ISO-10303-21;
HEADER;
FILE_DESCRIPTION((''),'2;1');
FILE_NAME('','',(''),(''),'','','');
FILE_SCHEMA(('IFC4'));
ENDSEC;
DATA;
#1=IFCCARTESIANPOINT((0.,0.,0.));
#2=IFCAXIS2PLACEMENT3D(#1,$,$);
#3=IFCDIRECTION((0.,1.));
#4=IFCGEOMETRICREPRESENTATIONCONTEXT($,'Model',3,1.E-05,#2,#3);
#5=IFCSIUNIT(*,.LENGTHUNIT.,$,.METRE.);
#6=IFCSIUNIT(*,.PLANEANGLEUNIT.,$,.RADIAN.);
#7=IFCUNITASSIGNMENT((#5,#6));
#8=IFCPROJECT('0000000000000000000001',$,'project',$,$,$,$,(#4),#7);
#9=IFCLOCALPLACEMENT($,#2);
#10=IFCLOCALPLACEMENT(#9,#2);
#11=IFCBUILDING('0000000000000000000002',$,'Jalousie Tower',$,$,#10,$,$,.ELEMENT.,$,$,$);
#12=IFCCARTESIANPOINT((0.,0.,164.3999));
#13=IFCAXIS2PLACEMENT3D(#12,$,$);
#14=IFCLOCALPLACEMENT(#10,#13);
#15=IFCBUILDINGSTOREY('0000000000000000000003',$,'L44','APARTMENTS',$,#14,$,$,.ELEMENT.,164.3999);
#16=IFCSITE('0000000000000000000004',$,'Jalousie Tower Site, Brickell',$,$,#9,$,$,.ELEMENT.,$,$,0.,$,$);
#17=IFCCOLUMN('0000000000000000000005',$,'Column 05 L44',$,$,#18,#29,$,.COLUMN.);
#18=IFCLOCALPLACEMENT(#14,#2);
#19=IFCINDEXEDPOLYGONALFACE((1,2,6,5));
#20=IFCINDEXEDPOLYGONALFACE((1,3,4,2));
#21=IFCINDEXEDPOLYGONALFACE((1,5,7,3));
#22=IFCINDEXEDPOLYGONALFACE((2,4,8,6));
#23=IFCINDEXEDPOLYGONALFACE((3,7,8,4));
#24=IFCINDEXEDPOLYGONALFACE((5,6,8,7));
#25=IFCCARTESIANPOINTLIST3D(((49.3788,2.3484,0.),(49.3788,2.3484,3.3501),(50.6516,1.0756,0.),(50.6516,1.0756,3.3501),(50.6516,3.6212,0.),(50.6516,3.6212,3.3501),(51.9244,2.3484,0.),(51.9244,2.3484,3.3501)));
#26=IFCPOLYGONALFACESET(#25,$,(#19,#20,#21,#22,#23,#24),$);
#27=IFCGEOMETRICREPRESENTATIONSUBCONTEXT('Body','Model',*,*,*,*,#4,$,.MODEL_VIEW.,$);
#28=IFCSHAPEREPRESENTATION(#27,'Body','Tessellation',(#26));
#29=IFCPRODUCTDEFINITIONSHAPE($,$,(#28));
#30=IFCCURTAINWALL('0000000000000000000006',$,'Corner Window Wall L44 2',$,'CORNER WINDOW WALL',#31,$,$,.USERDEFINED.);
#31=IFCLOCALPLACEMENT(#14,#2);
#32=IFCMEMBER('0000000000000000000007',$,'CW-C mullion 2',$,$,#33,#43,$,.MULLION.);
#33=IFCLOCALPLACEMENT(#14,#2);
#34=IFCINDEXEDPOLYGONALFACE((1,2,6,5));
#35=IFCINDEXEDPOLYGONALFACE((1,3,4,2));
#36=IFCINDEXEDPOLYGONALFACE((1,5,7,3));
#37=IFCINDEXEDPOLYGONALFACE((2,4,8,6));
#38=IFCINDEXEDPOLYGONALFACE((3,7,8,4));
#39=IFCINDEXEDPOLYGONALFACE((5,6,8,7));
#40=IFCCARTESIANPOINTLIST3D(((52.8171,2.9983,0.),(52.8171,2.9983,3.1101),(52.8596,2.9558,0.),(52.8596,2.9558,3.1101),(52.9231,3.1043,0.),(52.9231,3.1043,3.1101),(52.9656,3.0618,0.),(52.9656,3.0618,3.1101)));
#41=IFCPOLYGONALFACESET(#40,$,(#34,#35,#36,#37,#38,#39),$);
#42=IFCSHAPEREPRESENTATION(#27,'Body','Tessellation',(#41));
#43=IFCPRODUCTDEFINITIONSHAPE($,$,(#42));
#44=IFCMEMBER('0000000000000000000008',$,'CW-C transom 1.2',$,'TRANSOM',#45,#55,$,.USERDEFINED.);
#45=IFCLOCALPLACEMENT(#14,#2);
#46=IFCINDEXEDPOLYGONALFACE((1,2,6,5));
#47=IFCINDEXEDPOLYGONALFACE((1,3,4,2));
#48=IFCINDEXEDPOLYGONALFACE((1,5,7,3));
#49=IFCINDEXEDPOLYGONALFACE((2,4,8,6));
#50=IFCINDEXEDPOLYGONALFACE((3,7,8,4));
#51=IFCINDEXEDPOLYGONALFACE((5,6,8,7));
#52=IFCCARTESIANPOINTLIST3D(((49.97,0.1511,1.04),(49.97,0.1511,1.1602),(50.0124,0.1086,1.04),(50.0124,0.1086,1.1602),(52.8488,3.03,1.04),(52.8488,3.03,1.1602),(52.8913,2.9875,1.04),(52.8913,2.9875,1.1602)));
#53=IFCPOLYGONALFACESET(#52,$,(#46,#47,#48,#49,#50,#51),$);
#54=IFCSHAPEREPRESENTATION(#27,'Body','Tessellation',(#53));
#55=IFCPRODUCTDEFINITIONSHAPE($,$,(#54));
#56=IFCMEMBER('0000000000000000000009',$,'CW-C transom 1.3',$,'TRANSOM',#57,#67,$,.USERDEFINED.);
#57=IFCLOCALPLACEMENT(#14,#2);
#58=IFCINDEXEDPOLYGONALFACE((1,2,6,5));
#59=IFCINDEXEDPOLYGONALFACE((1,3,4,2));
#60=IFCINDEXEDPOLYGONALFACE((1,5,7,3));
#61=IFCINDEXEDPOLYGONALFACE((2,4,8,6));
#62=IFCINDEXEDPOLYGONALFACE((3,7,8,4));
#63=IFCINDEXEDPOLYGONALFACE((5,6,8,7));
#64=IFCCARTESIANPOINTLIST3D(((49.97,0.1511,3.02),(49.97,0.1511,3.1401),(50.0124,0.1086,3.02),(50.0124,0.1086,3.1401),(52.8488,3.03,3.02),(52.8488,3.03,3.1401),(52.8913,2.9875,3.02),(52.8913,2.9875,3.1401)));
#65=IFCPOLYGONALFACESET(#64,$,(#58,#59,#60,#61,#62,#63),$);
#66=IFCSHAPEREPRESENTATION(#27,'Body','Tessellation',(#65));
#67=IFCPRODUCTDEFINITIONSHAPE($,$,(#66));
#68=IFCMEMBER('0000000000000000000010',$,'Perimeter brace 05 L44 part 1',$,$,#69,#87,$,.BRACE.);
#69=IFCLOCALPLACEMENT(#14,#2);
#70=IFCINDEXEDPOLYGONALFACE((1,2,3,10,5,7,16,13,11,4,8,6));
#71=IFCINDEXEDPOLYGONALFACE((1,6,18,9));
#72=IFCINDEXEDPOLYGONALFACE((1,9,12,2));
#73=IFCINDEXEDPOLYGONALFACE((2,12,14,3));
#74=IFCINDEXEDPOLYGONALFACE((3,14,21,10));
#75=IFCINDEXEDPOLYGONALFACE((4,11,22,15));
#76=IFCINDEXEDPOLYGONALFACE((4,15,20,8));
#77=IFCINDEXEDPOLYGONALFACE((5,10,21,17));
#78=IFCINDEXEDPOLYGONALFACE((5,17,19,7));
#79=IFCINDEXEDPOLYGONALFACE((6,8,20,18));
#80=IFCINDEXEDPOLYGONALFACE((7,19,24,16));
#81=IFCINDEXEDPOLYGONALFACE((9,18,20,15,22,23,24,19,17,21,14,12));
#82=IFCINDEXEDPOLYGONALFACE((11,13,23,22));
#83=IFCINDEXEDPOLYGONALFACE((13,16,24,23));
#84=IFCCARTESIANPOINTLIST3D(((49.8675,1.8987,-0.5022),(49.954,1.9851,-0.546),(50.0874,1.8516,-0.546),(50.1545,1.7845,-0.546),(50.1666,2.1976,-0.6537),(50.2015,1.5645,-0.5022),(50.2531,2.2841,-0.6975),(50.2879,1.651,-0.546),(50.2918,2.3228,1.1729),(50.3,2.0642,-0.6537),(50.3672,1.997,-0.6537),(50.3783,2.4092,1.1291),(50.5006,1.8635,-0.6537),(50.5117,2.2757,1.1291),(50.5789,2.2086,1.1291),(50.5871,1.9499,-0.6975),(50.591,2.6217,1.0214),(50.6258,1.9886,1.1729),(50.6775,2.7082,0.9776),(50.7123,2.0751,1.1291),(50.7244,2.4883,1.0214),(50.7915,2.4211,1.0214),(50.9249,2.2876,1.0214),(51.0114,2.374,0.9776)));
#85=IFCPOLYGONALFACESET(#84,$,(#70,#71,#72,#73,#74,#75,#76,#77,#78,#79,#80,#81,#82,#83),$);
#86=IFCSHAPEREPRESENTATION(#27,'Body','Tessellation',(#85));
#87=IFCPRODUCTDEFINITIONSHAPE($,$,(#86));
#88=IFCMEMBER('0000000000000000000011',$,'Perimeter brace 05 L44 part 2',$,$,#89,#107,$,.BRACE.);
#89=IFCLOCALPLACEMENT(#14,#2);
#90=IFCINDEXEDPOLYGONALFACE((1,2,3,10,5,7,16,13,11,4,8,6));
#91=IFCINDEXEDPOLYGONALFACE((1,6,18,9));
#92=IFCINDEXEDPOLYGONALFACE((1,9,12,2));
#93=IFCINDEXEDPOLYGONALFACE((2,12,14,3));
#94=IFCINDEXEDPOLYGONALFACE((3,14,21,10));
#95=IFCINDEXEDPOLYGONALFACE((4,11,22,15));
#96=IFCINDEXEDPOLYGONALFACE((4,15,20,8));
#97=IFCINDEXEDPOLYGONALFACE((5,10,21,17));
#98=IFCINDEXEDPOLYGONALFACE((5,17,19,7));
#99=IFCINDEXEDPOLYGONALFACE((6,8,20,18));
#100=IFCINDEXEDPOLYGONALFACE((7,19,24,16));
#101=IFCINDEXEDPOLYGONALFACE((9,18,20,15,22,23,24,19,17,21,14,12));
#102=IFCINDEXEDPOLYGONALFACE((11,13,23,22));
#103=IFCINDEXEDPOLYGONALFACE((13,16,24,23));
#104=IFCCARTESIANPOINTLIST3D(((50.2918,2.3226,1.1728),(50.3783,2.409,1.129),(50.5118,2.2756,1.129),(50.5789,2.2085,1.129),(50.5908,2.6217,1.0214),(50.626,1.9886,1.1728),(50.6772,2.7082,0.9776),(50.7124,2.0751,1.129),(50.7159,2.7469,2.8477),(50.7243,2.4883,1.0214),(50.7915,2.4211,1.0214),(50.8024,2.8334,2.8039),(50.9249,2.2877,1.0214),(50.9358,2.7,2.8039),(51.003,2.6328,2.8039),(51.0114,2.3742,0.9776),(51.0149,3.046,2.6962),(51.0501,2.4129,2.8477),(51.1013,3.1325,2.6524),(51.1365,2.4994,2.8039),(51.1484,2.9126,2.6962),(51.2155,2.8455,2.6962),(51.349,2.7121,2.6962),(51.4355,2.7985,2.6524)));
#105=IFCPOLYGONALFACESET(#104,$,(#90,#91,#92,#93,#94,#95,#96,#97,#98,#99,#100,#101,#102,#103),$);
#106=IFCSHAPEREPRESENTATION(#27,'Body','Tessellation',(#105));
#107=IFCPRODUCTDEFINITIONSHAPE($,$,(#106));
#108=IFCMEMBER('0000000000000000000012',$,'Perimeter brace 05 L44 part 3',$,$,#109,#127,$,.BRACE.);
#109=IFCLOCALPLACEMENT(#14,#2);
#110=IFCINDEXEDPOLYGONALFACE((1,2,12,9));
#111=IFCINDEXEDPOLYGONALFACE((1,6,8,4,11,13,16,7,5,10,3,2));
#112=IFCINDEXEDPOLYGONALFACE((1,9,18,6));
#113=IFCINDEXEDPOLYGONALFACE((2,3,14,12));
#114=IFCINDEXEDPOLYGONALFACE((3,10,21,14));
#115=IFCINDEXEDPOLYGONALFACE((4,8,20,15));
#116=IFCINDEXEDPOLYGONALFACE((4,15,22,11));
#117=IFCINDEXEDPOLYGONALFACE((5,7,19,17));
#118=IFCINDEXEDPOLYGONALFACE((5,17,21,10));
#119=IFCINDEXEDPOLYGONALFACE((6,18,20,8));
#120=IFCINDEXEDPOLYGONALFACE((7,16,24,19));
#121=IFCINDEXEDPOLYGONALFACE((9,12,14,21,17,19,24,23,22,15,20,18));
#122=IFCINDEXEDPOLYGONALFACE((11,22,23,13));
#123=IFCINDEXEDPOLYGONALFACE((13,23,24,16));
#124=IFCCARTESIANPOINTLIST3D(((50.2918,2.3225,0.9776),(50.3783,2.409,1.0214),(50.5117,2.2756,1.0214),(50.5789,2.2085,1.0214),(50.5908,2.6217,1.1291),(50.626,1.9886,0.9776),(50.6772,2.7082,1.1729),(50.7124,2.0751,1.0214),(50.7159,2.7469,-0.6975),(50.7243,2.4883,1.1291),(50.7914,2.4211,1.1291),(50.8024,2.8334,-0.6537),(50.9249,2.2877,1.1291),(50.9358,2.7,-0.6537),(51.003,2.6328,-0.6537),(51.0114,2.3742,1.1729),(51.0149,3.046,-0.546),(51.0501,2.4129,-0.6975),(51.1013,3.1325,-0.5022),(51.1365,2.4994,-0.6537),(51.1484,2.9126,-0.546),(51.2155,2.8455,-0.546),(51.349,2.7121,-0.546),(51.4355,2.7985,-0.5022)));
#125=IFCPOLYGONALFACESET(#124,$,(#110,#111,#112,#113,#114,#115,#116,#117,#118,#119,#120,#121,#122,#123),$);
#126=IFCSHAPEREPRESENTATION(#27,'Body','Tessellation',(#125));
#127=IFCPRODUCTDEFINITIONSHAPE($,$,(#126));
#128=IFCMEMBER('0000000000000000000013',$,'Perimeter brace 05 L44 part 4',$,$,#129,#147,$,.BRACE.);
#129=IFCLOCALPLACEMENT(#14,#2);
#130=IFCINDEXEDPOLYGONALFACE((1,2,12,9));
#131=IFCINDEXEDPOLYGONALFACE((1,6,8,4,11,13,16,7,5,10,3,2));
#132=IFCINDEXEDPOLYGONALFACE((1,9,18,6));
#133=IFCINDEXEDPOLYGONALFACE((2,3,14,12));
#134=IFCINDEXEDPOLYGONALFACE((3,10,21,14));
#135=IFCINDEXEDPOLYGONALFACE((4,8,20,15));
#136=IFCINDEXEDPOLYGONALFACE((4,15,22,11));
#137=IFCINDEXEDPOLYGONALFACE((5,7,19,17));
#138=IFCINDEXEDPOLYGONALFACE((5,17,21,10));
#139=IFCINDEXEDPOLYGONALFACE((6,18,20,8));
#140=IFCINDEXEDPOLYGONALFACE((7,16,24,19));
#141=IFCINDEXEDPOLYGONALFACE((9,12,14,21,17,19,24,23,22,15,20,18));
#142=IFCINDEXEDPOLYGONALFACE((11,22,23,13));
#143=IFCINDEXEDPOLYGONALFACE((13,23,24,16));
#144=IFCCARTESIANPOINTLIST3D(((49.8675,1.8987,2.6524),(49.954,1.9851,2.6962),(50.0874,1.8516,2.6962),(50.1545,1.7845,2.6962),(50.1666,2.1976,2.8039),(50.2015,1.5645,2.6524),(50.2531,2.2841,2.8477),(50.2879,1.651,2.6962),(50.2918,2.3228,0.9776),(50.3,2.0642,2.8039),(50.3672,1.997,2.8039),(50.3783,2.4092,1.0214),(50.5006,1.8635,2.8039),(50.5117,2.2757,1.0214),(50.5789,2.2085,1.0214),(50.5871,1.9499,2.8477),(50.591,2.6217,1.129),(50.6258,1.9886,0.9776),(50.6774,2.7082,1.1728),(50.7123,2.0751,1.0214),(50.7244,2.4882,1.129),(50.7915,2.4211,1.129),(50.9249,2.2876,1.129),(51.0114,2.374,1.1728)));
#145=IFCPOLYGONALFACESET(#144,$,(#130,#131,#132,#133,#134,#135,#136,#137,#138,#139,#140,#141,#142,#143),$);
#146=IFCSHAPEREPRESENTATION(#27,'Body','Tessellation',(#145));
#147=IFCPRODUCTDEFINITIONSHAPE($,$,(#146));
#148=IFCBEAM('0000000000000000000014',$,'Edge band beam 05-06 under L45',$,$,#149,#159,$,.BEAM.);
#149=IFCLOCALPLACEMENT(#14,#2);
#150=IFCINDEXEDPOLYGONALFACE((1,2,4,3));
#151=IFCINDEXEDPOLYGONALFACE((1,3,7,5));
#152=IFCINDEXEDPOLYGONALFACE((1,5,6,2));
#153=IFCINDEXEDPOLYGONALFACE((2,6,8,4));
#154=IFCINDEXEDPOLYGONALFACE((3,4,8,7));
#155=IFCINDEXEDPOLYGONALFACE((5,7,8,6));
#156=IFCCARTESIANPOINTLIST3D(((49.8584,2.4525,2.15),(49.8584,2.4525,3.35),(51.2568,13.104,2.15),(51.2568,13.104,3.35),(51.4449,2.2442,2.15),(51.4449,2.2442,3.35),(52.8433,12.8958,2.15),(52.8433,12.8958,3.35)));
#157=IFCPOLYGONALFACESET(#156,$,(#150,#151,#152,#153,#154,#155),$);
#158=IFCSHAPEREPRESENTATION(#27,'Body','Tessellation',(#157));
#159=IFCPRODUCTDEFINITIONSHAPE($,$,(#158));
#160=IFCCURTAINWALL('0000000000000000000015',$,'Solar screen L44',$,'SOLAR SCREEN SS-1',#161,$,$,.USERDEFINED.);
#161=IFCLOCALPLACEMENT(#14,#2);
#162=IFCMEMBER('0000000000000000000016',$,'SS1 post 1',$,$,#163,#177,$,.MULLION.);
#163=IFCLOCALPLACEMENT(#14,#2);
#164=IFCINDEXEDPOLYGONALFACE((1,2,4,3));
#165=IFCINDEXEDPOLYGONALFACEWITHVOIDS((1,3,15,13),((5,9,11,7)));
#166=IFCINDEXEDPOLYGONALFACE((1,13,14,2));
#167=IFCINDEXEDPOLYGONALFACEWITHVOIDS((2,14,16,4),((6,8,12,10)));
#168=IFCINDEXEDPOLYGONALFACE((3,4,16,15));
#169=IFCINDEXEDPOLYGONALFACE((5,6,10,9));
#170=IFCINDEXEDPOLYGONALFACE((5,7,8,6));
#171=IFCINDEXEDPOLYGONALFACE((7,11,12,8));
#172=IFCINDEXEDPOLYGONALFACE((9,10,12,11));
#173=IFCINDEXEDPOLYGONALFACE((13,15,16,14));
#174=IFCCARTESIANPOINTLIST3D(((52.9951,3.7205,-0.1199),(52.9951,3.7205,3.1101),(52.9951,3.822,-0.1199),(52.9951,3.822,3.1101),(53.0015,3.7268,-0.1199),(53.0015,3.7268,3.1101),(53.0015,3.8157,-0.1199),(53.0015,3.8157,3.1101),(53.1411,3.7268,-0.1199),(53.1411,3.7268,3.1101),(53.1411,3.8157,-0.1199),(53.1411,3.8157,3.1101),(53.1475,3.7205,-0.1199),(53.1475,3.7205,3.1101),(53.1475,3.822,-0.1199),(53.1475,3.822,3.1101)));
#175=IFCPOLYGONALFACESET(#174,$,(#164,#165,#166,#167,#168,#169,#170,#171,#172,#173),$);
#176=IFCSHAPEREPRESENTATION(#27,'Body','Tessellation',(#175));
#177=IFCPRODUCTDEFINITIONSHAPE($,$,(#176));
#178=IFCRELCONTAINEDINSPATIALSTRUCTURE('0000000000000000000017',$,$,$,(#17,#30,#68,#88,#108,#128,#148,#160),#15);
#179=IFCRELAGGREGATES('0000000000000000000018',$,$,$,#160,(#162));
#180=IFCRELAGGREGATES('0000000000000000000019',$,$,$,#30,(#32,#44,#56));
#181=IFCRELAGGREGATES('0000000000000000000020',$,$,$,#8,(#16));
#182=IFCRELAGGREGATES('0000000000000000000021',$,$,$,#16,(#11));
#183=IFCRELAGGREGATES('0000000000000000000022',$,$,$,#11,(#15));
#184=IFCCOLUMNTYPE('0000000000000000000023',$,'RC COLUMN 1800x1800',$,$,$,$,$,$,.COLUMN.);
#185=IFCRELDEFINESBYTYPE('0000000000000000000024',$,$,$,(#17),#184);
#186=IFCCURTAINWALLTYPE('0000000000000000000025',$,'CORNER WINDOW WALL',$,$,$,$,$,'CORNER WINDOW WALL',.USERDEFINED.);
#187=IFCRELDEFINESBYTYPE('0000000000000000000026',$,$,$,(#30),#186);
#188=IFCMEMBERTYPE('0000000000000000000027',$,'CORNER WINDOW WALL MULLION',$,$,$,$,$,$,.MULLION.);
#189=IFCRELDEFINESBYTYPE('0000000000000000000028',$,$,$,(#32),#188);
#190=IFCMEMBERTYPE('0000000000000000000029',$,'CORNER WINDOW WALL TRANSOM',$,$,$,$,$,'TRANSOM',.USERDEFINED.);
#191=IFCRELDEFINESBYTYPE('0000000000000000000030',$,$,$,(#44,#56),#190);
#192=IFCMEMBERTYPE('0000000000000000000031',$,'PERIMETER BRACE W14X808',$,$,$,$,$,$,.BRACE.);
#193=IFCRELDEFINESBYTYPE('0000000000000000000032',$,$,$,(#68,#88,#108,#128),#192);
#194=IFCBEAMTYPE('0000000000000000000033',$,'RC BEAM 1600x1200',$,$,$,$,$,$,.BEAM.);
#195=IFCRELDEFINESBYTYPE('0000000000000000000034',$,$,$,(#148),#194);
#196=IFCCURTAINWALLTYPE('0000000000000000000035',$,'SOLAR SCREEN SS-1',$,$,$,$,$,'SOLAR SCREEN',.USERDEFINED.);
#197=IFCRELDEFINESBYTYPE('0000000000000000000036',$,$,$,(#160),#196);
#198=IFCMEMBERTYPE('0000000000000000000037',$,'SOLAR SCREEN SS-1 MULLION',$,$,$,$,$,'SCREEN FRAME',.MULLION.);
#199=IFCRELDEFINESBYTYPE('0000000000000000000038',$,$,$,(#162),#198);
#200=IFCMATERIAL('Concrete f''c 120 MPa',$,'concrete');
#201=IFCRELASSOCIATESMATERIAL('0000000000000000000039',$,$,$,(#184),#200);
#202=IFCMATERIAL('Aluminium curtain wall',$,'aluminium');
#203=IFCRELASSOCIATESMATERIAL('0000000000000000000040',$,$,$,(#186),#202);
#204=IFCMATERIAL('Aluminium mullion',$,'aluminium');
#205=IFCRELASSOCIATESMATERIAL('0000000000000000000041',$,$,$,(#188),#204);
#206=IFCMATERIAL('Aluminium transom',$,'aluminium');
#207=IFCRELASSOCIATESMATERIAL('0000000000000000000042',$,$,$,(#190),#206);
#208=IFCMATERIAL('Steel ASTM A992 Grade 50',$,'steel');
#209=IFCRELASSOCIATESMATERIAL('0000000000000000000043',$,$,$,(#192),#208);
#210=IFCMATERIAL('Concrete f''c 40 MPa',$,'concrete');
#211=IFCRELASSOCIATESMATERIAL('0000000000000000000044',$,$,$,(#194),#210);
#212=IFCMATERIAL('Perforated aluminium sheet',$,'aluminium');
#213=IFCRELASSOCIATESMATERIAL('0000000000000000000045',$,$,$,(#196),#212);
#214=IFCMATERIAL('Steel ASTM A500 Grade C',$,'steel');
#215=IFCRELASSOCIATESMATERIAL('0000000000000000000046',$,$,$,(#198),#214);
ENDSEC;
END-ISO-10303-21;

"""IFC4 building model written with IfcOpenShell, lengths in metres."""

from ifc_helpers import new_model, si_unit, direction, frame, origin, origin_2d, place, context, subcontext, project, spatial, rectangle, hollow_rectangle, i_section, extrude, material, material_profile, profile_set, type_object, element, aggregate, save


model = new_model("IFC4")

# Units and contexts
model_context = context("Model", 3, precision=1e-05, world=origin(), true_north=direction((0.0, 1.0)))
body_context = subcontext(model_context, "Body", "Model", "MODEL_VIEW")
ifc_project = project(units=[si_unit("LENGTHUNIT", "METRE"), si_unit("PLANEANGLEUNIT", "RADIAN")], contexts=[model_context])

# Site, building, storey
site_placement = place(None, origin())
site = spatial("IfcSite", under=ifc_project, at=site_placement, Name="Jalousie Tower Site, Brickell", CompositionType="ELEMENT", RefElevation=0.0)
building_placement = place(site_placement, origin())
building = spatial("IfcBuilding", under=site, at=building_placement, Name="Jalousie Tower", CompositionType="ELEMENT")
storey_placement = place(building_placement, frame((0.0, 0.0, 164.3999)))
storey = spatial("IfcBuildingStorey", under=building, at=storey_placement, Name="L44", Description="APARTMENTS", CompositionType="ELEMENT", Elevation=164.3999)

# Column
ifc_material_1 = material(Name="Concrete f'c 120 MPa", Category="concrete")
ifc_material_profile_1 = material_profile(ifc_material_1, rectangle(XDim=1.8, YDim=1.8, at=origin_2d()), Name="RC 1800x1800")
ifc_profile_set_1 = profile_set([ifc_material_profile_1], Name="Concrete f'c 120 MPa")
column_type = type_object("IfcColumnType", Name="RC COLUMN 1800x1800", PredefinedType="COLUMN", material=ifc_profile_set_1)
column_placement = place(storey_placement, frame((50.6516, 2.3484, 0.0), z_axis=(0.0, 0.0, 1.0), x_axis=(0.707107, 0.707107, 0.0)))
element("IfcColumn", 1, at=column_placement, inside=storey, type_object=column_type, Name="Column 05 L44", PredefinedType="COLUMN", context=body_context, shape_type="SweptSolid", body=[
    extrude(rectangle(XDim=1.8, YDim=1.8, at=origin_2d()), origin(), (0.0, 0.0, 1.0), 3.3501),
])

# Curtain wall, members
ifc_material_2 = material(Name="Aluminium curtain wall", Category="aluminium")
curtain_wall_type_1 = type_object("IfcCurtainWallType", Name="CORNER WINDOW WALL", ElementType="CORNER WINDOW WALL", PredefinedType="USERDEFINED", material=ifc_material_2)
curtain_wall_1_placement = place(storey_placement, origin())
curtain_wall_1 = element("IfcCurtainWall", 2, at=curtain_wall_1_placement, inside=storey, type_object=curtain_wall_type_1, Name="Corner Window Wall L44 2", ObjectType="CORNER WINDOW WALL", PredefinedType="USERDEFINED")
ifc_material_3 = material(Name="Aluminium mullion", Category="aluminium")
ifc_material_profile_2 = material_profile(ifc_material_3, rectangle(XDim=0.0601, YDim=0.1499, at=origin_2d()), Name="MULLION 60x150")
ifc_profile_set_2 = profile_set([ifc_material_profile_2], Name="Aluminium mullion")
member_type_1 = type_object("IfcMemberType", Name="CORNER WINDOW WALL MULLION", PredefinedType="MULLION", material=ifc_profile_set_2)
member_1_placement = place(storey_placement, frame((52.8914, 3.03, 0.0), z_axis=(0.0, 0.0, 1.0), x_axis=(-0.707107, 0.707107, 0.0)))
member_1 = element("IfcMember", 3, at=member_1_placement, type_object=member_type_1, Name="CW-C mullion 2", PredefinedType="MULLION", context=body_context, shape_type="SweptSolid", body=[
    extrude(rectangle(XDim=0.0601, YDim=0.1499, at=origin_2d()), origin(), (0.0, 0.0, 1.0), 3.1101),
])
ifc_material_4 = material(Name="Aluminium transom", Category="aluminium")
ifc_material_profile_3 = material_profile(ifc_material_4, rectangle(XDim=0.0601, YDim=0.1201, at=origin_2d()), Name="TRANSOM 60x120")
ifc_profile_set_3 = profile_set([ifc_material_profile_3], Name="Aluminium transom")
member_type_2 = type_object("IfcMemberType", Name="CORNER WINDOW WALL TRANSOM", ElementType="TRANSOM", PredefinedType="USERDEFINED", material=ifc_profile_set_3)
member_2_placement = place(storey_placement, frame((49.9912, 0.1299, 1.1001), z_axis=(0.707107, 0.707107, 0.0), x_axis=(-0.707107, 0.707107, 0.0)))
member_2 = element("IfcMember", 4, at=member_2_placement, type_object=member_type_2, Name="CW-C transom 1.2", ObjectType="TRANSOM", PredefinedType="USERDEFINED", context=body_context, shape_type="SweptSolid", body=[
    extrude(rectangle(XDim=0.0601, YDim=0.1201, at=origin_2d()), origin(), (0.0, 0.0, 1.0), 4.0713),
])
member_3_placement = place(storey_placement, frame((49.9912, 0.1299, 3.0801), z_axis=(0.707107, 0.707107, 0.0), x_axis=(-0.707107, 0.707107, 0.0)))
member_3 = element("IfcMember", 5, at=member_3_placement, type_object=member_type_2, Name="CW-C transom 1.3", ObjectType="TRANSOM", PredefinedType="USERDEFINED", context=body_context, shape_type="SweptSolid", body=[
    extrude(rectangle(XDim=0.0601, YDim=0.1201, at=origin_2d()), origin(), (0.0, 0.0, 1.0), 4.0713),
])

# Members
ifc_material_5 = material(Name="Steel ASTM A992 Grade 50", Category="steel")
ifc_material_profile_4 = material_profile(ifc_material_5, i_section(OverallWidth=0.4724, OverallDepth=0.5791, WebThickness=0.095, FlangeThickness=0.1299, at=origin_2d()), Name="W14X808")
ifc_profile_set_4 = profile_set([ifc_material_profile_4], Name="Steel ASTM A992 Grade 50")
member_type_3 = type_object("IfcMemberType", Name="PERIMETER BRACE W14X808", PredefinedType="BRACE", material=ifc_profile_set_4)
member_4_placement = place(storey_placement, frame((50.2273, 1.9243, -0.5999), z_axis=(0.238483, 0.238346, 0.941444), x_axis=(-0.706903, 0.70731, 0.0)))
element("IfcMember", 6, at=member_4_placement, inside=storey, type_object=member_type_3, Name="Perimeter brace 05 L44 part 1", PredefinedType="BRACE", context=body_context, shape_type="SweptSolid", body=[
    extrude(i_section(OverallWidth=0.4724, OverallDepth=0.5791, WebThickness=0.095, FlangeThickness=0.1299, at=origin_2d()), origin(), (0.0, 0.0, 1.0), 1.7793),
])
member_5_placement = place(storey_placement, frame((50.6516, 2.3484, 1.0752), z_axis=(0.238376, 0.238514, 0.941429), x_axis=(-0.70731, 0.706903, 0.0)))
element("IfcMember", 7, at=member_5_placement, inside=storey, type_object=member_type_3, Name="Perimeter brace 05 L44 part 2", PredefinedType="BRACE", context=body_context, shape_type="SweptSolid", body=[
    extrude(i_section(OverallWidth=0.4724, OverallDepth=0.5791, WebThickness=0.095, FlangeThickness=0.1299, at=origin_2d()), origin(), (0.0, 0.0, 1.0), 1.7791),
])
member_6_placement = place(storey_placement, frame((51.0757, 2.7727, -0.5999), z_axis=(-0.238346, -0.238483, 0.941444), x_axis=(0.70731, -0.706903, 0.0)))
element("IfcMember", 8, at=member_6_placement, inside=storey, type_object=member_type_3, Name="Perimeter brace 05 L44 part 3", PredefinedType="BRACE", context=body_context, shape_type="SweptSolid", body=[
    extrude(i_section(OverallWidth=0.4724, OverallDepth=0.5791, WebThickness=0.095, FlangeThickness=0.1299, at=origin_2d()), origin(), (0.0, 0.0, 1.0), 1.7793),
])
member_7_placement = place(storey_placement, frame((50.6516, 2.3484, 1.0752), z_axis=(-0.238514, -0.238376, 0.941429), x_axis=(0.706903, -0.70731, 0.0)))
element("IfcMember", 9, at=member_7_placement, inside=storey, type_object=member_type_3, Name="Perimeter brace 05 L44 part 4", PredefinedType="BRACE", context=body_context, shape_type="SweptSolid", body=[
    extrude(i_section(OverallWidth=0.4724, OverallDepth=0.5791, WebThickness=0.095, FlangeThickness=0.1299, at=origin_2d()), origin(), (0.0, 0.0, 1.0), 1.7791),
])

# Beam
ifc_material_6 = material(Name="Concrete f'c 40 MPa", Category="concrete")
ifc_material_profile_5 = material_profile(ifc_material_6, rectangle(XDim=1.6001, YDim=1.2, at=origin_2d()), Name="RC 1600x1200")
ifc_profile_set_5 = profile_set([ifc_material_profile_5], Name="Concrete f'c 40 MPa")
beam_type = type_object("IfcBeamType", Name="RC BEAM 1600x1200", PredefinedType="BEAM", material=ifc_profile_set_5)
beam_placement = place(storey_placement, frame((50.6516, 2.3484, 2.75), z_axis=(0.130172, 0.991491, 0.0), x_axis=(-0.991491, 0.130172, 0.0)))
element("IfcBeam", 10, at=beam_placement, inside=storey, type_object=beam_type, Name="Edge band beam 05-06 under L45", PredefinedType="BEAM", context=body_context, shape_type="SweptSolid", body=[
    extrude(rectangle(XDim=1.6001, YDim=1.2, at=origin_2d()), origin(), (0.0, 0.0, 1.0), 10.7429),
])

# Curtain wall, member
ifc_material_7 = material(Name="Perforated aluminium sheet", Category="aluminium")
curtain_wall_type_2 = type_object("IfcCurtainWallType", Name="SOLAR SCREEN SS-1", ElementType="SOLAR SCREEN", PredefinedType="USERDEFINED", material=ifc_material_7)
curtain_wall_2_placement = place(storey_placement, origin())
curtain_wall_2 = element("IfcCurtainWall", 11, at=curtain_wall_2_placement, inside=storey, type_object=curtain_wall_type_2, Name="Solar screen L44", ObjectType="SOLAR SCREEN SS-1", PredefinedType="USERDEFINED")
ifc_material_8 = material(Name="Steel ASTM A500 Grade C", Category="steel")
ifc_material_profile_6 = material_profile(ifc_material_8, hollow_rectangle(XDim=0.1016, YDim=0.1523, WallThickness=0.0063, at=origin_2d()), Name="HSS6X4X1/4")
ifc_profile_set_6 = profile_set([ifc_material_profile_6], Name="Steel ASTM A500 Grade C")
member_type_4 = type_object("IfcMemberType", Name="SOLAR SCREEN SS-1 MULLION", ElementType="SCREEN FRAME", PredefinedType="MULLION", material=ifc_profile_set_6)
member_8_placement = place(storey_placement, frame((53.0713, 3.7712, -0.1199), z_axis=(0.0, 0.0, 1.0), x_axis=(0.0, 1.0, 0.0)))
member_8 = element("IfcMember", 12, at=member_8_placement, type_object=member_type_4, Name="SS1 post 1", PredefinedType="MULLION", context=body_context, shape_type="SweptSolid", body=[
    extrude(hollow_rectangle(XDim=0.1016, YDim=0.1523, WallThickness=0.0063, at=origin_2d()), origin(), (0.0, 0.0, 1.0), 3.23),
])
aggregate(curtain_wall_2, [member_8])

aggregate(curtain_wall_1, [member_1, member_2, member_3])

save(model, "model.ifc")
